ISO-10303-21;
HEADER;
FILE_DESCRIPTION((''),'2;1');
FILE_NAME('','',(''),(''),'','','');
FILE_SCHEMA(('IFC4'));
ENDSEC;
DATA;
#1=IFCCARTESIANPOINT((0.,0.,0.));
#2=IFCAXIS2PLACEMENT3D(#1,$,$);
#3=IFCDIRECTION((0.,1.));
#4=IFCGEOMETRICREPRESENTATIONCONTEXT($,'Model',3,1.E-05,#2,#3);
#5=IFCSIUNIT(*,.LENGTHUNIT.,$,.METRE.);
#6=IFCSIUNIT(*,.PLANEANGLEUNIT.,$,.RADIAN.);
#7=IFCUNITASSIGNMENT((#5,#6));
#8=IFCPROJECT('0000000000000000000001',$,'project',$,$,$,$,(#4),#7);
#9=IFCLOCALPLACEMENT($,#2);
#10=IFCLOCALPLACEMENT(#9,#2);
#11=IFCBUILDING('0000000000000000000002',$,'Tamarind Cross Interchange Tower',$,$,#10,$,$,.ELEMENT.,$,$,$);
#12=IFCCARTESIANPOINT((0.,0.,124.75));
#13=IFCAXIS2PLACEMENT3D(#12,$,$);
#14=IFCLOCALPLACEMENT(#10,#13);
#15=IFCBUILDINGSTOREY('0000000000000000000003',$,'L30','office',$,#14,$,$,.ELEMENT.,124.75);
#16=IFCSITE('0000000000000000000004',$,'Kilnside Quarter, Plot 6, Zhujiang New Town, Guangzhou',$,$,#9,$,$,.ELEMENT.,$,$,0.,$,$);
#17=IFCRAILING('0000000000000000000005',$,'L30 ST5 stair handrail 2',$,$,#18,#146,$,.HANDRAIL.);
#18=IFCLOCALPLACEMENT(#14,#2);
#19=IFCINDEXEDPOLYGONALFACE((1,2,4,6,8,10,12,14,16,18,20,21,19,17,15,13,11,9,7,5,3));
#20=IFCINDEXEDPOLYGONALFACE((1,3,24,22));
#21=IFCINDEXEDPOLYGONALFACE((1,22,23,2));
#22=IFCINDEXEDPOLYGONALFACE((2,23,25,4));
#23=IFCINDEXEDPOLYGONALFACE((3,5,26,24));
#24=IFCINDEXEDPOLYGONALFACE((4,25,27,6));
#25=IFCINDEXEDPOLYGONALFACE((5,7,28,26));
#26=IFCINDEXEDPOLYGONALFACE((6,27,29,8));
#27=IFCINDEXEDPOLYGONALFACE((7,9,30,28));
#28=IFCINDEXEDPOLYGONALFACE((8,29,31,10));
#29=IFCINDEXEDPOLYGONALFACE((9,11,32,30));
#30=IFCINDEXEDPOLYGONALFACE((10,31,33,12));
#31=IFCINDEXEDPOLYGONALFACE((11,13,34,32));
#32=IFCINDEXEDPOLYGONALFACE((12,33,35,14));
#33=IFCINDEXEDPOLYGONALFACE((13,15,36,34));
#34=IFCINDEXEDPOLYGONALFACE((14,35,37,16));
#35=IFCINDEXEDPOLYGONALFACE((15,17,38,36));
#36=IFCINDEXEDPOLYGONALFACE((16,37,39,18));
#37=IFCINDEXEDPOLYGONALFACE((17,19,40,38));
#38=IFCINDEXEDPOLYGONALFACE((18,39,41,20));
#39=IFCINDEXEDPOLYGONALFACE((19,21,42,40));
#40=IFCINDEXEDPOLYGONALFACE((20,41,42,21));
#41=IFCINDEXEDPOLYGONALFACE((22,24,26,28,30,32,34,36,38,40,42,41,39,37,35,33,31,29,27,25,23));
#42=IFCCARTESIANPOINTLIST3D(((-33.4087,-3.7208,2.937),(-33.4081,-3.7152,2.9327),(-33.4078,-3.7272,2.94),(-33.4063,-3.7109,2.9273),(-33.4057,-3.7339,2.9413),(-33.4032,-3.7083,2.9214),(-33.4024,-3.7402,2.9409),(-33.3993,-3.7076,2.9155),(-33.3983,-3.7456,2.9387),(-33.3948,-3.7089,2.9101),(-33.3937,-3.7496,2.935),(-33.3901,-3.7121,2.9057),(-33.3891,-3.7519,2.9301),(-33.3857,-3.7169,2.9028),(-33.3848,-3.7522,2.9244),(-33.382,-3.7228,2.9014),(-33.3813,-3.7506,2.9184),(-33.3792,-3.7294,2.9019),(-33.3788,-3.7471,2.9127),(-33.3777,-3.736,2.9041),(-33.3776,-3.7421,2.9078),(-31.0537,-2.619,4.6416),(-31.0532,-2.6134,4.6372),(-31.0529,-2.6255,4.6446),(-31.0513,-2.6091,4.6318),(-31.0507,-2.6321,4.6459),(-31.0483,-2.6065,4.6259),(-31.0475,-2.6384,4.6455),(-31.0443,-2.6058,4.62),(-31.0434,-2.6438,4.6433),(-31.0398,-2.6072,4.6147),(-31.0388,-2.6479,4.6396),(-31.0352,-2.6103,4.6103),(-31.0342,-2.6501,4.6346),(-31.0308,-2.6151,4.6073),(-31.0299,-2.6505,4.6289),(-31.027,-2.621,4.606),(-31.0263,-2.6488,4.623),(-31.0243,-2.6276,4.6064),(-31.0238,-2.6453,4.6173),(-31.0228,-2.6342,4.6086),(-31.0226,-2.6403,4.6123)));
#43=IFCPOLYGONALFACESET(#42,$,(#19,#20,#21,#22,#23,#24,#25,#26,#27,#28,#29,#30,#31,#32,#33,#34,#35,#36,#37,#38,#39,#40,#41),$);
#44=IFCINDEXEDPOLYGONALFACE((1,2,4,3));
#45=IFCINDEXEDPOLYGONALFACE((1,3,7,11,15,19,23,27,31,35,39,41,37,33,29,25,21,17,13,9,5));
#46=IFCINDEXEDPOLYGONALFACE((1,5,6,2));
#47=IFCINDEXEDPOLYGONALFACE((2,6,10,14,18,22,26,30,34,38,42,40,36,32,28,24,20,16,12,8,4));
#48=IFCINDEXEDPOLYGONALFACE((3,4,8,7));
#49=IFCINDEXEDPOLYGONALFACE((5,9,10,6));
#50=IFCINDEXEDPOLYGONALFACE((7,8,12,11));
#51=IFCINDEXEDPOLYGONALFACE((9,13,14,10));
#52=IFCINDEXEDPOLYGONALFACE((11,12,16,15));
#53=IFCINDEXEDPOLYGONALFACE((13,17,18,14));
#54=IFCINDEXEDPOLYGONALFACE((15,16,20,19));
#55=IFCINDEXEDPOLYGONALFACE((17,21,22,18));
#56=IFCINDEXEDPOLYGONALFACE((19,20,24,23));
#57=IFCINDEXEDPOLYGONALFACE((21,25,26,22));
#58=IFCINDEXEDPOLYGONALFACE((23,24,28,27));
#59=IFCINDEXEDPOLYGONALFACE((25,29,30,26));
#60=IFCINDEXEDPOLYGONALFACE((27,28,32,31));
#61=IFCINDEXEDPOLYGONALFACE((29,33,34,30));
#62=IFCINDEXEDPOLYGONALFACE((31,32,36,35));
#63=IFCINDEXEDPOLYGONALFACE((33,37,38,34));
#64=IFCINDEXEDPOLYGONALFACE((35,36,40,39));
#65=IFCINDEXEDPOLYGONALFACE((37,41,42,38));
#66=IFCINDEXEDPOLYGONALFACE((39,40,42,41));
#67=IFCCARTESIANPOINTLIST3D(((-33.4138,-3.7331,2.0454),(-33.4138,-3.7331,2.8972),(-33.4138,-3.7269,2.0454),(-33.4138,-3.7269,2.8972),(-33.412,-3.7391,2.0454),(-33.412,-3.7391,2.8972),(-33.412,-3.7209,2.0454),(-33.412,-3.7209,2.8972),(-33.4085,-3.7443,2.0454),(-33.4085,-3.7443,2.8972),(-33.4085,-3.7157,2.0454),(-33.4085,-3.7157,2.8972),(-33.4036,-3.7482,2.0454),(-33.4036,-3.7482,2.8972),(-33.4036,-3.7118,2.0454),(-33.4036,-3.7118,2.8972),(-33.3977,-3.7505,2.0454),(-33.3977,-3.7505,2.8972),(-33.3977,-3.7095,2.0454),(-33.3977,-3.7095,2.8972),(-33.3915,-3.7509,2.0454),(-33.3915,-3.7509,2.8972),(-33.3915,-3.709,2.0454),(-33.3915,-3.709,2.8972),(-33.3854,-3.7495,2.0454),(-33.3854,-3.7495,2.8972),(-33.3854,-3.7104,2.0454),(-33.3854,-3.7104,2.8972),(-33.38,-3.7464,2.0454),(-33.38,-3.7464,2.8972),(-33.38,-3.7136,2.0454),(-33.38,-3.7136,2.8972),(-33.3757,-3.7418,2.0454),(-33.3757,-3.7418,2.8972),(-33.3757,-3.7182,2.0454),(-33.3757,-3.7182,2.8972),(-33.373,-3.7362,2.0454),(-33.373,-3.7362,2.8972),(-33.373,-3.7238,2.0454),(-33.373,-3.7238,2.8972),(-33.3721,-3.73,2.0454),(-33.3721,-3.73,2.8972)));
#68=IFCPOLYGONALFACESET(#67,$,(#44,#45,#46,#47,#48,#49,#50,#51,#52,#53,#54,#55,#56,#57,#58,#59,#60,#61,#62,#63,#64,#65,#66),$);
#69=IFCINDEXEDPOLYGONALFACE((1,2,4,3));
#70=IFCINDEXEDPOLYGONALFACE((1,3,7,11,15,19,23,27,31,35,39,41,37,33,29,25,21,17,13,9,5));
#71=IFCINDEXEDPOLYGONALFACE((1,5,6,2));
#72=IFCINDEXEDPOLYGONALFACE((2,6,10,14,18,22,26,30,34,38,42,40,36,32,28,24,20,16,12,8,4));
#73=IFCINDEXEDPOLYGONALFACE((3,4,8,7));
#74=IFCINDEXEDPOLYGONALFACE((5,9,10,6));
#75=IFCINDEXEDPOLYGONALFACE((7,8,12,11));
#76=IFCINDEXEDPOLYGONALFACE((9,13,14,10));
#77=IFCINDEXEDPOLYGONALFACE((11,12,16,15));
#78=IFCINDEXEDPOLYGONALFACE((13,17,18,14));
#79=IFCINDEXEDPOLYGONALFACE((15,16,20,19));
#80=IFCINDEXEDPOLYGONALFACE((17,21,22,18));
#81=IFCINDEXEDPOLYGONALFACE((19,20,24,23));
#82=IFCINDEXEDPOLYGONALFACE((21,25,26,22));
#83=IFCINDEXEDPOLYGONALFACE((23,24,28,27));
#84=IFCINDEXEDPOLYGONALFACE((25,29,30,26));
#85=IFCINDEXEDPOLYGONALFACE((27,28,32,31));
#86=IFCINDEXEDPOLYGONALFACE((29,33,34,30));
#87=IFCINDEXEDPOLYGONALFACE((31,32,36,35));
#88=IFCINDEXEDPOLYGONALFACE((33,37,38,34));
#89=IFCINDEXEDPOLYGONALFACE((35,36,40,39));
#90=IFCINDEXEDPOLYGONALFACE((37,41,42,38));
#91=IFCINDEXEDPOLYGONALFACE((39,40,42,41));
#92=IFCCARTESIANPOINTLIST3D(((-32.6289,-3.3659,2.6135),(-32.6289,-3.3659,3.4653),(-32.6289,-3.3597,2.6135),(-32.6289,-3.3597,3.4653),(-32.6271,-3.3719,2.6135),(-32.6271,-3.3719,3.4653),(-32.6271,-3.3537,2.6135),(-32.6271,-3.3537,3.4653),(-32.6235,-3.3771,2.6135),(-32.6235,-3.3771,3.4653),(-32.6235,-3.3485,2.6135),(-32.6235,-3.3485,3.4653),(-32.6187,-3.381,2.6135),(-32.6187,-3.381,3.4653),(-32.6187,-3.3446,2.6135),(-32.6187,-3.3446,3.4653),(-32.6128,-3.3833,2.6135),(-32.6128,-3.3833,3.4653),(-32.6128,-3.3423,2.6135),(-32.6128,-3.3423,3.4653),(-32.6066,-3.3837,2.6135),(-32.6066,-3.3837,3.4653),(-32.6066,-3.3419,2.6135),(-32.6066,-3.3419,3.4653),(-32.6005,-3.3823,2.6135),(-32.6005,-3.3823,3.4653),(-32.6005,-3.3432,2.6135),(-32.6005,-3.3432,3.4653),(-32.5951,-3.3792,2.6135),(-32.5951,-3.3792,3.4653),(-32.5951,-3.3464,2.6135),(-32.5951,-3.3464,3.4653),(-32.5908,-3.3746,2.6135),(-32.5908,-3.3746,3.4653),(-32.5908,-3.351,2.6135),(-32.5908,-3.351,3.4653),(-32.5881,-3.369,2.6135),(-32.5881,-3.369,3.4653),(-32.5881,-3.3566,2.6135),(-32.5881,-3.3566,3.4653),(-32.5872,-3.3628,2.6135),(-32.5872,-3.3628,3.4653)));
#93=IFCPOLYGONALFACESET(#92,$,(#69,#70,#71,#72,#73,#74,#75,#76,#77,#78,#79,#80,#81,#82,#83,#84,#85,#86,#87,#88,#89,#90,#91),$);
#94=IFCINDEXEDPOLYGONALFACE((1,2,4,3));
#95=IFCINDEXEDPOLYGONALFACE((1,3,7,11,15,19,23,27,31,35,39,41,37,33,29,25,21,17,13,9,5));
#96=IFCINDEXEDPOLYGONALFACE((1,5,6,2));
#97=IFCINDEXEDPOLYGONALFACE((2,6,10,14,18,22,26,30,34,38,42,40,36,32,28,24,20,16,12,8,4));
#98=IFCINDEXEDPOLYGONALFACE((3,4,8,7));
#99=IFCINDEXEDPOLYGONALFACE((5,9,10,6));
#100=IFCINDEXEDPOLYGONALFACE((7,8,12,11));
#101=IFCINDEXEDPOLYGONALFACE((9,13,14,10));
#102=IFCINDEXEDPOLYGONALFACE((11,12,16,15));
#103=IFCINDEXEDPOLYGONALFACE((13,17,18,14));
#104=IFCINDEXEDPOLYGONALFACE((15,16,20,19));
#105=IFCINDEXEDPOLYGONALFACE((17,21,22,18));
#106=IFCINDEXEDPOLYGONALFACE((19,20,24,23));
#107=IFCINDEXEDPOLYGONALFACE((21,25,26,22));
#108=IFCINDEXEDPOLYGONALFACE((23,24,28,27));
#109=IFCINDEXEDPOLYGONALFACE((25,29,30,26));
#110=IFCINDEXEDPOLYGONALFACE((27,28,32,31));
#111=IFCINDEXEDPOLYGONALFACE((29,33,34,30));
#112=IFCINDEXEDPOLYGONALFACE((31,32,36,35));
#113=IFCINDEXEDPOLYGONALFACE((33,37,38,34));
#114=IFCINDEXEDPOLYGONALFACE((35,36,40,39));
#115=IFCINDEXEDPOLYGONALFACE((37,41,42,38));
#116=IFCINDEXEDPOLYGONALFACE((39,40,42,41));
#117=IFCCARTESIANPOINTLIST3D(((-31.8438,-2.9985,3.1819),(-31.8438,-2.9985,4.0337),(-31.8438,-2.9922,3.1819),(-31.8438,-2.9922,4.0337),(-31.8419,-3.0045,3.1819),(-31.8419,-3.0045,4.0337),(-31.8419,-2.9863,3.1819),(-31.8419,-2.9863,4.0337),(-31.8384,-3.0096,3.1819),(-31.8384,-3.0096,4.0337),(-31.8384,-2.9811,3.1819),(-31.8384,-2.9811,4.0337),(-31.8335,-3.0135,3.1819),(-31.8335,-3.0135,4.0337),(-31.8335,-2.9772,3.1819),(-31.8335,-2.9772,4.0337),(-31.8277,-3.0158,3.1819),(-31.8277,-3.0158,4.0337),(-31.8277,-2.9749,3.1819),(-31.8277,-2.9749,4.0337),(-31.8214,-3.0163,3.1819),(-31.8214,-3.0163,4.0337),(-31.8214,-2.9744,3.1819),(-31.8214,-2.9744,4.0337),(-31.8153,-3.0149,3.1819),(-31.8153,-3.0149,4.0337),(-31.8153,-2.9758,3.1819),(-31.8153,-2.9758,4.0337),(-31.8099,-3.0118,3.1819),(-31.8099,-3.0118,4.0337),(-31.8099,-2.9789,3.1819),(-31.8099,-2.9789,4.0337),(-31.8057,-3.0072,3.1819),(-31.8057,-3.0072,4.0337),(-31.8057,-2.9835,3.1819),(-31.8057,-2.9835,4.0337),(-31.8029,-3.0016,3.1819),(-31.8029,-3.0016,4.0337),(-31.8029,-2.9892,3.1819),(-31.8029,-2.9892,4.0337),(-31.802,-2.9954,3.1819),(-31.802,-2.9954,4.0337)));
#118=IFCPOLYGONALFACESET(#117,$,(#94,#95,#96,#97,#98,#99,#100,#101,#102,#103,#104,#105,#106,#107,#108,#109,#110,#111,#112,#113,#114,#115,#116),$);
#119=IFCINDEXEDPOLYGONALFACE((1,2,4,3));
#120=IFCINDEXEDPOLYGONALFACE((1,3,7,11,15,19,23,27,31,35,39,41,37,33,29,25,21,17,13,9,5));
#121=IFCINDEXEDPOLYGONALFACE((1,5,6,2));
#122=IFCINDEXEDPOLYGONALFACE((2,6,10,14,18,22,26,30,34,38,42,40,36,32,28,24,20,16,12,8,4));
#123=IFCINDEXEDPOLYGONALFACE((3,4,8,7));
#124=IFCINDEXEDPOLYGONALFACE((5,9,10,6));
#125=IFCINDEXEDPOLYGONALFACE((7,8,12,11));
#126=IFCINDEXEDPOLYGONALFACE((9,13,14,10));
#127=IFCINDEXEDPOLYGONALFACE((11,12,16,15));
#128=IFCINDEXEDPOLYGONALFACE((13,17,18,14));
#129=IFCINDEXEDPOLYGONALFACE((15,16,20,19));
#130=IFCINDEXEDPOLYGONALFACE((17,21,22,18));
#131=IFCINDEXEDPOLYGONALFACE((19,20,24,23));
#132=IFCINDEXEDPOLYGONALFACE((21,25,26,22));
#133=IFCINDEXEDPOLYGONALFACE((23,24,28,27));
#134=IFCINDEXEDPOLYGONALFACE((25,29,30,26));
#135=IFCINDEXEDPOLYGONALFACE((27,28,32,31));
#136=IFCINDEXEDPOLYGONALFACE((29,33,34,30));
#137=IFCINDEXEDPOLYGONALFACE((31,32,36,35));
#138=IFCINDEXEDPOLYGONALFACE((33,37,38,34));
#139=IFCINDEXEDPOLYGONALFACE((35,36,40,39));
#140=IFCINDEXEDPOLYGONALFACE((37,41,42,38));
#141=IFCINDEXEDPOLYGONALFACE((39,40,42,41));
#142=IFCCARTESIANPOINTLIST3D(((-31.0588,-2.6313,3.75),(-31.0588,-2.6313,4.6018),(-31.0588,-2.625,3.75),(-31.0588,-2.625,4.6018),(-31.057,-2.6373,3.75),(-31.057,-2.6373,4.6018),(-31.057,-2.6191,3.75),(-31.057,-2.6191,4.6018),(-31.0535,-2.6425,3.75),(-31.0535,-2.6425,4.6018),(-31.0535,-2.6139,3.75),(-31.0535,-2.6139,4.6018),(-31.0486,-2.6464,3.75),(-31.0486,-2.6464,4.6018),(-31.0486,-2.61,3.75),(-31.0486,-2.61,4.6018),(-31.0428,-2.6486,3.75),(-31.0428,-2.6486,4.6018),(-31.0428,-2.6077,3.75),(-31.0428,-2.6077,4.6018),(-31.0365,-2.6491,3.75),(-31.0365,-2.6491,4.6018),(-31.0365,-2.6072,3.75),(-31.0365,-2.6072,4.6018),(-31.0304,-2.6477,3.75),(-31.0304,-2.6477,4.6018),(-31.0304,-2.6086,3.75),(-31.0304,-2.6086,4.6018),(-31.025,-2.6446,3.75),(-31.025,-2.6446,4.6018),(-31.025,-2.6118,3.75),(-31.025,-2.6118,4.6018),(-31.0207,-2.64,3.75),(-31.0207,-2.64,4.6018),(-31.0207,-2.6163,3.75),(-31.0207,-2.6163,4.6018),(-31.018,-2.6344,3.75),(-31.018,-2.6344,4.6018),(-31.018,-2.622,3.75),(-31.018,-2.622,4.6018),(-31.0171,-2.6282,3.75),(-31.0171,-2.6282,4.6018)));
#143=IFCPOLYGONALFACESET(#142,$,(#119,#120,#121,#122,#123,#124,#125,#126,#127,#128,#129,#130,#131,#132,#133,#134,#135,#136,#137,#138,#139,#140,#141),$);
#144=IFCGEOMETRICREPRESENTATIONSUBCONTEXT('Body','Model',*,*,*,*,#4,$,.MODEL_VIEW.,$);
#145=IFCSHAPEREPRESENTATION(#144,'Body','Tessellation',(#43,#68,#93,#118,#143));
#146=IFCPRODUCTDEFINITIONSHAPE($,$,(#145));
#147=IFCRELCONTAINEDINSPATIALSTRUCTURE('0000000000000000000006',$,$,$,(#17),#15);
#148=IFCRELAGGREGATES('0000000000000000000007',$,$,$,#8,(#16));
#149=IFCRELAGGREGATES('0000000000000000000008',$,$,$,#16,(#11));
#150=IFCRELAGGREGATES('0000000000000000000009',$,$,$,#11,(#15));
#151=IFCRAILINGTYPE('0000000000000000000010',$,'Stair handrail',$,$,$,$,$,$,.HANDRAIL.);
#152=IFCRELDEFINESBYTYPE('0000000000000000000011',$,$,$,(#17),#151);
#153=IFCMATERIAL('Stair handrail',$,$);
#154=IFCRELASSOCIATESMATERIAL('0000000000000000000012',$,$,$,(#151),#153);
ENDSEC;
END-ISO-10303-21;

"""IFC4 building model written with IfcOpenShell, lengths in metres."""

from ifc_helpers import new_model, si_unit, direction, frame, origin, origin_2d, place, context, subcontext, project, spatial, circle, extrude, material, type_object, element, save


model = new_model("IFC4")

# Units and contexts
model_context = context("Model", 3, precision=1e-05, world=origin(), true_north=direction((0.0, 1.0)))
body_context = subcontext(model_context, "Body", "Model", "MODEL_VIEW")
ifc_project = project(units=[si_unit("LENGTHUNIT", "METRE"), si_unit("PLANEANGLEUNIT", "RADIAN")], contexts=[model_context])

# Site, building, storey
site_placement = place(None, origin())
site = spatial("IfcSite", under=ifc_project, at=site_placement, Name="Kilnside Quarter, Plot 6, Zhujiang New Town, Guangzhou", CompositionType="ELEMENT", RefElevation=0.0)
building_placement = place(site_placement, origin())
building = spatial("IfcBuilding", under=site, at=building_placement, Name="Tamarind Cross Interchange Tower", CompositionType="ELEMENT")
storey_placement = place(building_placement, frame((0.0, 0.0, 124.75)))
storey = spatial("IfcBuildingStorey", under=building, at=storey_placement, Name="L30", Description="office", CompositionType="ELEMENT", Elevation=124.75)

# Railing
ifc_material_1 = material(Name="Stair handrail")
railing_type_1 = type_object("IfcRailingType", Name="Stair handrail", PredefinedType="HANDRAIL", material=ifc_material_1)
railing_1_placement = place(storey_placement, frame((-33.3931, -3.73, 2.0454)))
element("IfcRailing", 1, at=railing_1_placement, inside=storey, type_object=railing_type_1, Name="L30 ST5 stair handrail 2", PredefinedType="HANDRAIL", context=body_context, shape_type="SweptSolid", body=[
    extrude(circle(Radius=0.0239, at=origin_2d()), frame((0.0, 0.0, 0.876), z_axis=(0.757485, 0.354399, 0.548286), x_axis=(-0.423775, 0.905768, 0.0)), (0.0, 0.0, 1.0), 3.1089),
    extrude(circle(Radius=0.021, at=origin_2d()), origin(), (0.0, 0.0, 1.0), 0.8518),
    extrude(circle(Radius=0.021, at=origin_2d()), frame((0.7849, 0.3672, 0.5681)), (0.0, 0.0, 1.0), 0.8518),
    extrude(circle(Radius=0.021, at=origin_2d()), frame((1.5701, 0.7346, 1.1365)), (0.0, 0.0, 1.0), 0.8518),
    extrude(circle(Radius=0.021, at=origin_2d()), frame((2.355, 1.1018, 1.7046)), (0.0, 0.0, 1.0), 0.8518),
])

save(model, "model.ifc")
